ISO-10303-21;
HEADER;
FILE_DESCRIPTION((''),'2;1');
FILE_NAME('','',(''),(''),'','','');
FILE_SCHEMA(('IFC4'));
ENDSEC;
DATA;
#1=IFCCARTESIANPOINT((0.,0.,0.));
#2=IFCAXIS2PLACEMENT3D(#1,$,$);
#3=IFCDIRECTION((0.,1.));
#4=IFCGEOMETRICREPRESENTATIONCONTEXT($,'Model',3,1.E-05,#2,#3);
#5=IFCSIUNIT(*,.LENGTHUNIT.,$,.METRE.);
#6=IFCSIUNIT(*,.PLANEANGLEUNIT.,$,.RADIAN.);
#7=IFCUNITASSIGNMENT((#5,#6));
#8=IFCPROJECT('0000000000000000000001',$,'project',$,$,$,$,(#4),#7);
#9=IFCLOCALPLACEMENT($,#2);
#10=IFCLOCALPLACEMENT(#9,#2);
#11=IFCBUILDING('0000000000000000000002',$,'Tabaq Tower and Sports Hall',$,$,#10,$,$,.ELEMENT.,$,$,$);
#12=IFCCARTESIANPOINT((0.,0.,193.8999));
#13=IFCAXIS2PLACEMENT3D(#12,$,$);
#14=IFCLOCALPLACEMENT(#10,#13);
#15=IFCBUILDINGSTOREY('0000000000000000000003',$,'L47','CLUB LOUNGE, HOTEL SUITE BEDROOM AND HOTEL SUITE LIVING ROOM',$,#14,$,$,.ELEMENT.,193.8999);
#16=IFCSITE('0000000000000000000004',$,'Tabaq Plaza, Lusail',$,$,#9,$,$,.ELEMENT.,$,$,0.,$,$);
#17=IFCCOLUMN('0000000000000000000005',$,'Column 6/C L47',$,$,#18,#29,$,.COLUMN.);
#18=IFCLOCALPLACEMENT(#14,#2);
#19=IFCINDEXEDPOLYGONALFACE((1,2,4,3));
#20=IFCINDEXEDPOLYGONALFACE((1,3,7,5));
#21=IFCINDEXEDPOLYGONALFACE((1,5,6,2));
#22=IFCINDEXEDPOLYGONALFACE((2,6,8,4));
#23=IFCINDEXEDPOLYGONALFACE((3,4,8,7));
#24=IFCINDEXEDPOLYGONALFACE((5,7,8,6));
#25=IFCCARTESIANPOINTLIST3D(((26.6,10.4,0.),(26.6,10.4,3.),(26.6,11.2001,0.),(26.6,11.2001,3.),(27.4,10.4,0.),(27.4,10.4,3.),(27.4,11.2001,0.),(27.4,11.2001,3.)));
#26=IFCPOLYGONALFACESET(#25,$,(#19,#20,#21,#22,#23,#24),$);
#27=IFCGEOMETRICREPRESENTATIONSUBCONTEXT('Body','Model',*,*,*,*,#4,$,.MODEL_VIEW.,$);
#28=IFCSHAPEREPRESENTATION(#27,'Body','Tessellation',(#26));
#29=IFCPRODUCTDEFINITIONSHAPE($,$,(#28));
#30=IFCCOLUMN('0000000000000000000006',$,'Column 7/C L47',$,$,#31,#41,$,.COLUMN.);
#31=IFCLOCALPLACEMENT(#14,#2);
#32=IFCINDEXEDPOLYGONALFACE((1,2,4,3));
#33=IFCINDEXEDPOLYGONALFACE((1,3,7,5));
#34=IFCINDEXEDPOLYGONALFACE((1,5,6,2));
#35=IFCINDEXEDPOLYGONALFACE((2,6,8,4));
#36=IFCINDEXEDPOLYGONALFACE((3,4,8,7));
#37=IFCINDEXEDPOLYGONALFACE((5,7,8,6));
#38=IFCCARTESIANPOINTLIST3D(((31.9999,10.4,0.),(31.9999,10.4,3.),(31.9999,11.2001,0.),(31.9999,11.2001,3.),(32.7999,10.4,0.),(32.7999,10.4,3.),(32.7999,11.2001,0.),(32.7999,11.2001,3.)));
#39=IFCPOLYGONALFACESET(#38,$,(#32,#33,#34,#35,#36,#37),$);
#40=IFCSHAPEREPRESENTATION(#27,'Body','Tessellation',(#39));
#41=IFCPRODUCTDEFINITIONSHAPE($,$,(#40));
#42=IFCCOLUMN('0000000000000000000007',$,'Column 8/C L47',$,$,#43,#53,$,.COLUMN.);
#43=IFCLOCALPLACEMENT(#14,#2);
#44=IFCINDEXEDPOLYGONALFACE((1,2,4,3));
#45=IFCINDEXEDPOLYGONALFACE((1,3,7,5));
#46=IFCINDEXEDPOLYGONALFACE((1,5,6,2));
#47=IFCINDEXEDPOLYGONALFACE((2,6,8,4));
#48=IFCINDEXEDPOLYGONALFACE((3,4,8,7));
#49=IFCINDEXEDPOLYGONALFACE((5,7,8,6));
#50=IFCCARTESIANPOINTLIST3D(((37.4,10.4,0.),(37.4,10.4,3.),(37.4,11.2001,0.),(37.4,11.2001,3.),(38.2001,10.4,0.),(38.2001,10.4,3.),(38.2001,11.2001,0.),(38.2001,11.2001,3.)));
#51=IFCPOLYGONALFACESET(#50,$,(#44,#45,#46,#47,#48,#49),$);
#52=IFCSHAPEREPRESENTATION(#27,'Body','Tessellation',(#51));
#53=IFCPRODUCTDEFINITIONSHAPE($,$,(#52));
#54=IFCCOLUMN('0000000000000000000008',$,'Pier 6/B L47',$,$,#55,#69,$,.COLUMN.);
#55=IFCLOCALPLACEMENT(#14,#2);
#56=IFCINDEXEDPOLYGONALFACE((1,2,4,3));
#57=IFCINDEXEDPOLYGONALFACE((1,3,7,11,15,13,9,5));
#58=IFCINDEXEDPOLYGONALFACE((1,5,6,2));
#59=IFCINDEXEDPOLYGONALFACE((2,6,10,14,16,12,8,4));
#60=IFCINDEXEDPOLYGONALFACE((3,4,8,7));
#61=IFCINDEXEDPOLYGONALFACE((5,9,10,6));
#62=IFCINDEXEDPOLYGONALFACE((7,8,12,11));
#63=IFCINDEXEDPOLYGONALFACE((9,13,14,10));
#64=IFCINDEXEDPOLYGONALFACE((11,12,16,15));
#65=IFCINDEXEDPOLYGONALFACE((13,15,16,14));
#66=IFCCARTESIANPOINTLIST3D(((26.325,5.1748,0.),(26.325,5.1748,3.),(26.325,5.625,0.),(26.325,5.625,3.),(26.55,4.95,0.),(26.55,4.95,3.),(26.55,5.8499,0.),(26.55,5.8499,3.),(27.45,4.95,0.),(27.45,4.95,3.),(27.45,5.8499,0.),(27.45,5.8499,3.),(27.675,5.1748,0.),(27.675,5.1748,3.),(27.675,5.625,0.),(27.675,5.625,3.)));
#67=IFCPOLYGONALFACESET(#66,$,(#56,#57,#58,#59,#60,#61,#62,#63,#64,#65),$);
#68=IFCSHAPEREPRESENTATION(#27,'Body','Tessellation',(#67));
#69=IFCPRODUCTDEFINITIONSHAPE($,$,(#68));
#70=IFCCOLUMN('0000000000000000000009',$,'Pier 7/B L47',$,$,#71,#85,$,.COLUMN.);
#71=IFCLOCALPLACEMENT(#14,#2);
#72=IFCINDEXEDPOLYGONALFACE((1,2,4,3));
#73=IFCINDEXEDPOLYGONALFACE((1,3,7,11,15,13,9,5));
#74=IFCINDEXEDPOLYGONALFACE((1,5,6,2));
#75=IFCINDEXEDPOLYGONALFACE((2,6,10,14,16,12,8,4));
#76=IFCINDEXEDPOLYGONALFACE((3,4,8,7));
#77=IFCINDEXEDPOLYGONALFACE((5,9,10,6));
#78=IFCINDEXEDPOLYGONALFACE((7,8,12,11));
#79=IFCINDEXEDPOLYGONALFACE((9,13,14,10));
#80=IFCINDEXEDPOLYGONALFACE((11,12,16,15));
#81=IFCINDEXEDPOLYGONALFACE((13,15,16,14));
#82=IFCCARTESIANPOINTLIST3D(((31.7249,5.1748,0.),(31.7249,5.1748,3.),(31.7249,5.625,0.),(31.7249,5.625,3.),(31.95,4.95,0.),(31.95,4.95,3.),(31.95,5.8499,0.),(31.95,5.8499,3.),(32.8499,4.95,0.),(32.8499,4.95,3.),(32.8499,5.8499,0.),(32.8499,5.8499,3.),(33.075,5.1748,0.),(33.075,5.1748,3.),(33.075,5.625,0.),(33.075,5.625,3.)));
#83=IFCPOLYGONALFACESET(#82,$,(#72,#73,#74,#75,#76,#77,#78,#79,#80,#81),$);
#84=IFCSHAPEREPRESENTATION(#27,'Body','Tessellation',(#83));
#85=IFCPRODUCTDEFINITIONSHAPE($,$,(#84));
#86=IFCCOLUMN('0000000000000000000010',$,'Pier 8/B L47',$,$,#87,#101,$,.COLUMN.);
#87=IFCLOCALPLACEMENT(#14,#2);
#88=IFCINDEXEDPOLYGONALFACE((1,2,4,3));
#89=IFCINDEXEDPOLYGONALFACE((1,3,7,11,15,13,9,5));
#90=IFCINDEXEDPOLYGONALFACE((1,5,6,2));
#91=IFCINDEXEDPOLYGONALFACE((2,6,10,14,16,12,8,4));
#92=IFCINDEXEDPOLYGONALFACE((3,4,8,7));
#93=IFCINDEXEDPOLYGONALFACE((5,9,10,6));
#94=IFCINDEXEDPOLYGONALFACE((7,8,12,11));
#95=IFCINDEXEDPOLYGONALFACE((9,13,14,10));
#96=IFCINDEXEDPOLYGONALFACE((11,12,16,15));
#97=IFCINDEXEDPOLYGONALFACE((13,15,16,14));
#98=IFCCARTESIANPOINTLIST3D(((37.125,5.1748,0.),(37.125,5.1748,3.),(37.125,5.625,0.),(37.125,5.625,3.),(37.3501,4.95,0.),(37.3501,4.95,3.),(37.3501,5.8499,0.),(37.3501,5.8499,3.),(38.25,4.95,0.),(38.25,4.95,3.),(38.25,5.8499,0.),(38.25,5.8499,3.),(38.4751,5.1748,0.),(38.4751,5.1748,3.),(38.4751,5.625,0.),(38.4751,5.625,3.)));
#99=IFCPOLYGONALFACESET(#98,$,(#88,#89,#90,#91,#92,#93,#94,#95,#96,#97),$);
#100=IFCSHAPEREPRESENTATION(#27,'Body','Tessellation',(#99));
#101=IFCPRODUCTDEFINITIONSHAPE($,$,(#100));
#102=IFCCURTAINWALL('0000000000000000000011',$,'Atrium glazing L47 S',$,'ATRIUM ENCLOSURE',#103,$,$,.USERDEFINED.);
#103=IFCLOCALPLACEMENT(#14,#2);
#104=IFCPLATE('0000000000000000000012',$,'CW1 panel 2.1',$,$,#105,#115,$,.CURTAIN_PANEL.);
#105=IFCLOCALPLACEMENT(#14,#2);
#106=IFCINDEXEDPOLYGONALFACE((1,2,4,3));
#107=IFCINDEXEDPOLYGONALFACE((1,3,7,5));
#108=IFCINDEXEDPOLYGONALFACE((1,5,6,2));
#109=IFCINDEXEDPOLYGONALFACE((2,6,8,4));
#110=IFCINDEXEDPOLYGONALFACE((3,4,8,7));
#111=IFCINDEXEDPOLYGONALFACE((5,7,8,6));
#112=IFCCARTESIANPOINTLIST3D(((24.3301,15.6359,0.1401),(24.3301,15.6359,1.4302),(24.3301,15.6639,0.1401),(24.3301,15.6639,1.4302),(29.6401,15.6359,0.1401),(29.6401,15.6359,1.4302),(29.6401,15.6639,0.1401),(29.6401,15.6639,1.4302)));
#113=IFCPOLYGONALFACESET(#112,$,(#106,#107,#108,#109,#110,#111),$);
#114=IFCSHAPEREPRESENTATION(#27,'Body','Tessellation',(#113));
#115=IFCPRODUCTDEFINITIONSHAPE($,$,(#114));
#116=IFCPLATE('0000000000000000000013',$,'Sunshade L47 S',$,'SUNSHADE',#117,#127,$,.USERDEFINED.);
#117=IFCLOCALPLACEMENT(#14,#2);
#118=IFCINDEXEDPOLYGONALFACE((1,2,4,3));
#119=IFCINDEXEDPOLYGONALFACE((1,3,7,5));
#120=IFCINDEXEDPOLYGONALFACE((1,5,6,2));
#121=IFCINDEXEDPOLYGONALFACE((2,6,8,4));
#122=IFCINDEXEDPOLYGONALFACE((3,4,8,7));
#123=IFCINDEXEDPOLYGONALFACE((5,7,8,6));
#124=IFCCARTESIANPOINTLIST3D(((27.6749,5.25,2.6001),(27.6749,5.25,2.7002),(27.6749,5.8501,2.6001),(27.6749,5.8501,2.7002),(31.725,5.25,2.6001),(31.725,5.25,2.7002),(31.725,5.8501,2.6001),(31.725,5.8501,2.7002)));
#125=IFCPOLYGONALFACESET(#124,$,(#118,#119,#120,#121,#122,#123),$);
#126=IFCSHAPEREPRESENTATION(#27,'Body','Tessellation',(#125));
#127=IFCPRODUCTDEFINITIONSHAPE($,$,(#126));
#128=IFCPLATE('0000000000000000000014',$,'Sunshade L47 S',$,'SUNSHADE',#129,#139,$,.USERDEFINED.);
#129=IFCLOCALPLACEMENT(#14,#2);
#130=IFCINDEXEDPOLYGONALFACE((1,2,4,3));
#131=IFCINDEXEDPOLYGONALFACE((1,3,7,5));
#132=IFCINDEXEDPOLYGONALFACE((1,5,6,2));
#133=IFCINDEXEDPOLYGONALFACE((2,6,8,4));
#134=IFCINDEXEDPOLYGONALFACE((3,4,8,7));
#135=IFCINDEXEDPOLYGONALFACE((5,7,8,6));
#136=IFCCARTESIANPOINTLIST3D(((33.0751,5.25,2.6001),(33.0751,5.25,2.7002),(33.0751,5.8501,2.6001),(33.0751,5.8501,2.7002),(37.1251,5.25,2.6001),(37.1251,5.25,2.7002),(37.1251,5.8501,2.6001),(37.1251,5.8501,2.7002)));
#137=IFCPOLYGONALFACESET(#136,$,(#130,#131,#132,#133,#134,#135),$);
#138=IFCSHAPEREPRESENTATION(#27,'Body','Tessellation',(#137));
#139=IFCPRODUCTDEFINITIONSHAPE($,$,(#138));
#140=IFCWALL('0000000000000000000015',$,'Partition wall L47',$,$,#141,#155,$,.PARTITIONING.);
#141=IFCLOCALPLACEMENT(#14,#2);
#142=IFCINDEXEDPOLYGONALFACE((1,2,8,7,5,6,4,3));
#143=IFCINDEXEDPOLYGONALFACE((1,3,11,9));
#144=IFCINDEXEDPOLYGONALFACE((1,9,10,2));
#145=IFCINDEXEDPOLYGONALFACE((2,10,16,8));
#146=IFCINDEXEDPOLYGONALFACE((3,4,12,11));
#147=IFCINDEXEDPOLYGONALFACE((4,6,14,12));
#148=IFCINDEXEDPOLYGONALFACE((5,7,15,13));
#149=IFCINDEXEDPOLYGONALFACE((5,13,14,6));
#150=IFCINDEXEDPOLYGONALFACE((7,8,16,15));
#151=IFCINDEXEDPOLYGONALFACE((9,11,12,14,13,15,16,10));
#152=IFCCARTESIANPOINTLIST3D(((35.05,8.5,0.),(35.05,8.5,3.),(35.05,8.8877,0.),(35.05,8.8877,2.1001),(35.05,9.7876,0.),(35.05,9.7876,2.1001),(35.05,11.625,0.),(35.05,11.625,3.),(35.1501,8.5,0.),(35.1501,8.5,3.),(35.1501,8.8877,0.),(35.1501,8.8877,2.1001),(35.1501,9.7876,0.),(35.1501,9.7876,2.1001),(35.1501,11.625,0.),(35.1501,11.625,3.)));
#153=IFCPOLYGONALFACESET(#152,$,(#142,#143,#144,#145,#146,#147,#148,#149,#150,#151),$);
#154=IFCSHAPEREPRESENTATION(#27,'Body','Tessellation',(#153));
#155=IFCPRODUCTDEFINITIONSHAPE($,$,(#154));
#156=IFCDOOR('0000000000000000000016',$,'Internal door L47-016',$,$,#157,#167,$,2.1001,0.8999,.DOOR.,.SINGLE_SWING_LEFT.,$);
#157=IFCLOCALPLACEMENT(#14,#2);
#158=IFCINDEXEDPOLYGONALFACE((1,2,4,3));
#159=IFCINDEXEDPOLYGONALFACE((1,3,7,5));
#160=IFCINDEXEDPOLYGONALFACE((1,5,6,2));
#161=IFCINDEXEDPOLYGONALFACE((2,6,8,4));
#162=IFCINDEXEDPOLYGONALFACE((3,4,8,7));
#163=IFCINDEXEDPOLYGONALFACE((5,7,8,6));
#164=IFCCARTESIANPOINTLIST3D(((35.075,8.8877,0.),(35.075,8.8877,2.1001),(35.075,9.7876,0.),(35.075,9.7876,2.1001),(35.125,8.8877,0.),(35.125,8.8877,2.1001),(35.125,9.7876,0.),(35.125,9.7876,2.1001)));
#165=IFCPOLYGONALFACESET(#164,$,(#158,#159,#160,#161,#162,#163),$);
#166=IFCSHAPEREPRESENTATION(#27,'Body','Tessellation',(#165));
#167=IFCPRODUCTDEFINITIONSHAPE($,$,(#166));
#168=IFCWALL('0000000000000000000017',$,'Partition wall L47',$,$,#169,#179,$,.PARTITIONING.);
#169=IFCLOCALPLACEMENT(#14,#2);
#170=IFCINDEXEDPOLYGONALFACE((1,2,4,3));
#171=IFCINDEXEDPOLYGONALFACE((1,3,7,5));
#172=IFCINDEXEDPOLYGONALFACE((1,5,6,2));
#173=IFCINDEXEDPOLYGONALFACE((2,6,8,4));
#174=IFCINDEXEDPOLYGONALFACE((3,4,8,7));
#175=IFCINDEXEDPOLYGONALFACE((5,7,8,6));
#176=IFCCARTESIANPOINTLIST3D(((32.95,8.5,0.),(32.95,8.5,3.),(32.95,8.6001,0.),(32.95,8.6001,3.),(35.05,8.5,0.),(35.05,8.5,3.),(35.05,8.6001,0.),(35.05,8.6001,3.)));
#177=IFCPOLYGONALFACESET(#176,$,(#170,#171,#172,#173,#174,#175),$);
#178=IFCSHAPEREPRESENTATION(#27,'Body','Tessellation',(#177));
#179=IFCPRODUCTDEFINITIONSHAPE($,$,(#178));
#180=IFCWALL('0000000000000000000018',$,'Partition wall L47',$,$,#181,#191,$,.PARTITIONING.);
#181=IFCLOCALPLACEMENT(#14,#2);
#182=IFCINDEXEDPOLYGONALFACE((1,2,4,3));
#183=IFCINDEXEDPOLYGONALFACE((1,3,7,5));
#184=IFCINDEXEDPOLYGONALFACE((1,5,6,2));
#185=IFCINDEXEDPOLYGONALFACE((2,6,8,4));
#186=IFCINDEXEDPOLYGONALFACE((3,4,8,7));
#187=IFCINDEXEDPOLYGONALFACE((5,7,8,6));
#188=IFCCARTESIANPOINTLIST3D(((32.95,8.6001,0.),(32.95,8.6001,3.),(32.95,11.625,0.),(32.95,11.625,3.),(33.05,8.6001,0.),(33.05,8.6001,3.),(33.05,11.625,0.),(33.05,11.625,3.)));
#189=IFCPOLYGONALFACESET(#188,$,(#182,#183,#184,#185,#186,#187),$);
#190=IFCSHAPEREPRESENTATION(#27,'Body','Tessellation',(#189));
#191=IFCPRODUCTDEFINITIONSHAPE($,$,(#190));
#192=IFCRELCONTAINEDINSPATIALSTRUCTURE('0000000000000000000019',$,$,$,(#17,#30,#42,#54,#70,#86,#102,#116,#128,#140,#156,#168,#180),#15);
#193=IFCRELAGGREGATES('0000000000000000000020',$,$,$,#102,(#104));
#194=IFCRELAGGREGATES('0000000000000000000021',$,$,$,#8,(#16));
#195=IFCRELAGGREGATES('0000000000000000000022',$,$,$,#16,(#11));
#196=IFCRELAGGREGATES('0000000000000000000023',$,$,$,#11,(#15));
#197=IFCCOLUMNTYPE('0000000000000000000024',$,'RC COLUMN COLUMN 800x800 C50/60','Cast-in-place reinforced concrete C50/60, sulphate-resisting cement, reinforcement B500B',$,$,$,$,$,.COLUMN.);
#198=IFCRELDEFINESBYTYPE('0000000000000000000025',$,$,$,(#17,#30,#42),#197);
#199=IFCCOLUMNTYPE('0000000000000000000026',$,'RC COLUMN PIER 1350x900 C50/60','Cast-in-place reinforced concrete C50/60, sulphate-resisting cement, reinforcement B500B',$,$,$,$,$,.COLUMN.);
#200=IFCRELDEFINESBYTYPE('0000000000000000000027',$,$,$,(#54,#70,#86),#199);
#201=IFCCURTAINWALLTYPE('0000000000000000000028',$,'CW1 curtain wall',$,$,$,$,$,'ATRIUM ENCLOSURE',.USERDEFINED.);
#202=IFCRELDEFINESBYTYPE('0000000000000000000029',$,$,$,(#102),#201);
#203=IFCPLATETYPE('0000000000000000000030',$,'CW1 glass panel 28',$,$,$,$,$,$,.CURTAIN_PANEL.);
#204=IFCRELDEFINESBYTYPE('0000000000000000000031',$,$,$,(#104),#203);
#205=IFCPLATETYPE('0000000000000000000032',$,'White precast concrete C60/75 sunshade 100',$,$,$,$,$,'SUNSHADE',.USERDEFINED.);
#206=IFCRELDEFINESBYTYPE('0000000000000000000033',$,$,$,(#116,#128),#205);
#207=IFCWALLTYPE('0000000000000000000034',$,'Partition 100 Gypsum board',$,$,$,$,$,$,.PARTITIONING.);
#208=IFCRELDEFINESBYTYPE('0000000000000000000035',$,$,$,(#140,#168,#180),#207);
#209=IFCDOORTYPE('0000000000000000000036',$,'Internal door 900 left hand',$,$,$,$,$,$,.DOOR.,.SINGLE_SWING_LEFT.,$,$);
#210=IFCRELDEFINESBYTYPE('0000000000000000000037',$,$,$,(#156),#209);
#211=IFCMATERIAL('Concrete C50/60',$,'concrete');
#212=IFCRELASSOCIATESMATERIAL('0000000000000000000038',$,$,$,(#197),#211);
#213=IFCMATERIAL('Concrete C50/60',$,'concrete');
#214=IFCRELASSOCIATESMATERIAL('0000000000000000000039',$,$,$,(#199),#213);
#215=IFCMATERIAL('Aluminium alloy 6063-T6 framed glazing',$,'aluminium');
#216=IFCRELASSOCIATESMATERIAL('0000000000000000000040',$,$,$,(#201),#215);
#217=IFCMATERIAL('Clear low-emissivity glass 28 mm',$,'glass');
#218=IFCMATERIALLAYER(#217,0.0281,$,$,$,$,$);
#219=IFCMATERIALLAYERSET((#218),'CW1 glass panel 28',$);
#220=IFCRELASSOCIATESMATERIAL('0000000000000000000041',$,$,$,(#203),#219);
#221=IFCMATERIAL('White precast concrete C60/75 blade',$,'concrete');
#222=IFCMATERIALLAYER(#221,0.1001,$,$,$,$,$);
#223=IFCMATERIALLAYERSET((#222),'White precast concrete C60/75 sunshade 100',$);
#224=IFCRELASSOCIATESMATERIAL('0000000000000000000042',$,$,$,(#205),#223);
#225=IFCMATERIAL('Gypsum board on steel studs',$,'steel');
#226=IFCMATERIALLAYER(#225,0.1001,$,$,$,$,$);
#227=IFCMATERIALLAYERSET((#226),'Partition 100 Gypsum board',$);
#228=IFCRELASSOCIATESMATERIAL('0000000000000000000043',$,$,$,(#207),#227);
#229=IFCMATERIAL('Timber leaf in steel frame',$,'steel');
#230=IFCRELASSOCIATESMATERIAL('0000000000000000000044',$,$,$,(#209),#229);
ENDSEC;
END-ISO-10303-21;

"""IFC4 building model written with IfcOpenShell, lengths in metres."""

from ifc_helpers import new_model, si_unit, direction, frame, frame_2d, origin, origin_2d, place, context, subcontext, project, spatial, polyline, rectangle, outline, extrude, material, layer, layer_set, material_profile, profile_set, type_object, element, fill, aggregate, save


model = new_model("IFC4")

# Units and contexts
model_context = context("Model", 3, precision=1e-05, world=origin(), true_north=direction((0.0, 1.0)))
body_context = subcontext(model_context, "Body", "Model", "MODEL_VIEW")
ifc_project = project(units=[si_unit("LENGTHUNIT", "METRE"), si_unit("PLANEANGLEUNIT", "RADIAN")], contexts=[model_context])

# Site, building, storey
site_placement = place(None, origin())
site = spatial("IfcSite", under=ifc_project, at=site_placement, Name="Tabaq Plaza, Lusail", CompositionType="ELEMENT", RefElevation=0.0)
building_placement = place(site_placement, origin())
building = spatial("IfcBuilding", under=site, at=building_placement, Name="Tabaq Tower and Sports Hall", CompositionType="ELEMENT")
storey_placement = place(building_placement, frame((0.0, 0.0, 193.8999)))
storey = spatial("IfcBuildingStorey", under=building, at=storey_placement, Name="L47", Description="CLUB LOUNGE, HOTEL SUITE BEDROOM AND HOTEL SUITE LIVING ROOM", CompositionType="ELEMENT", Elevation=193.8999)

# Columns
ifc_material_1 = material(Name="Concrete C50/60", Category="concrete")
ifc_material_profile_1 = material_profile(ifc_material_1, rectangle(XDim=0.8, YDim=0.8, at=origin_2d()), Name="COLUMN 800x800")
ifc_profile_set_1 = profile_set([ifc_material_profile_1], Name="Concrete C50/60")
column_type_1 = type_object("IfcColumnType", Name="RC COLUMN COLUMN 800x800 C50/60", Description="Cast-in-place reinforced concrete C50/60, sulphate-resisting cement, reinforcement B500B", PredefinedType="COLUMN", material=ifc_profile_set_1)
for number, where, z_axis, x_axis, name in (
    (1, (27.0, 10.8, 0.0), (0.0, 0.0, 1.0), (1.0, 0.0, 0.0), "Column 6/C L47"),
    (2, (32.3999, 10.8, 0.0), (0.0, 0.0, 1.0), (1.0, 0.0, 0.0), "Column 7/C L47"),
    (3, (37.8, 10.8, 0.0), (0.0, 0.0, 1.0), (1.0, 0.0, 0.0), "Column 8/C L47"),
):
    element("IfcColumn", number, at=place(storey_placement, frame(where, z_axis=z_axis, x_axis=x_axis)), inside=storey, type_object=column_type_1, Name=name, PredefinedType="COLUMN", context=body_context, shape_type="SweptSolid", body=[
        extrude(rectangle(XDim=0.8, YDim=0.8, at=origin_2d()), origin(), (0.0, 0.0, 1.0), 3.0),
    ])
ifc_material_2 = material(Name="Concrete C50/60", Category="concrete")
ifc_material_profile_2 = material_profile(ifc_material_2, outline(polyline([(-0.45, -0.45), (0.45, -0.45), (0.675, -0.2251), (0.675, 0.2251), (0.45, 0.45), (-0.45, 0.45), (-0.675, 0.2251), (-0.675, -0.2251), (-0.45, -0.45)])), Name="PIER 1350x900")
ifc_profile_set_2 = profile_set([ifc_material_profile_2], Name="Concrete C50/60")
column_type_2 = type_object("IfcColumnType", Name="RC COLUMN PIER 1350x900 C50/60", Description="Cast-in-place reinforced concrete C50/60, sulphate-resisting cement, reinforcement B500B", PredefinedType="COLUMN", material=ifc_profile_set_2)
for number, where, z_axis, x_axis, name in (
    (4, (27.0, 5.3999, 0.0), (0.0, 0.0, 1.0), (1.0, 0.0, 0.0), "Pier 6/B L47"),
    (5, (32.3999, 5.3999, 0.0), (0.0, 0.0, 1.0), (1.0, 0.0, 0.0), "Pier 7/B L47"),
    (6, (37.8, 5.3999, 0.0), (0.0, 0.0, 1.0), (1.0, 0.0, 0.0), "Pier 8/B L47"),
):
    element("IfcColumn", number, at=place(storey_placement, frame(where, z_axis=z_axis, x_axis=x_axis)), inside=storey, type_object=column_type_2, Name=name, PredefinedType="COLUMN", context=body_context, shape_type="SweptSolid", body=[
        extrude(outline(polyline([(-0.45, -0.45), (0.45, -0.45), (0.675, -0.2251), (0.675, 0.2251), (0.45, 0.45), (-0.45, 0.45), (-0.675, 0.2251), (-0.675, -0.2251), (-0.45, -0.45)])), origin(), (0.0, 0.0, 1.0), 3.0),
    ])

# Curtain wall, plate
ifc_material_3 = material(Name="Aluminium alloy 6063-T6 framed glazing", Category="aluminium")
curtain_wall_type = type_object("IfcCurtainWallType", Name="CW1 curtain wall", ElementType="ATRIUM ENCLOSURE", PredefinedType="USERDEFINED", material=ifc_material_3)
curtain_wall_placement = place(storey_placement, origin())
curtain_wall = element("IfcCurtainWall", 7, at=curtain_wall_placement, inside=storey, type_object=curtain_wall_type, Name="Atrium glazing L47 S", ObjectType="ATRIUM ENCLOSURE", PredefinedType="USERDEFINED")
ifc_material_4 = material(Name="Clear low-emissivity glass 28 mm", Category="glass")
ifc_layer_1 = layer(ifc_material_4, 0.0281)
ifc_layer_set_1 = layer_set([ifc_layer_1], Name="CW1 glass panel 28")
plate_type_1 = type_object("IfcPlateType", Name="CW1 glass panel 28", PredefinedType="CURTAIN_PANEL", material=ifc_layer_set_1)
plate_placement = place(storey_placement, frame((26.9851, 15.6499, 0.1401), z_axis=(0.0, 0.0, 1.0), x_axis=(1.0, 0.0, 0.0)))
plate = element("IfcPlate", 8, at=plate_placement, type_object=plate_type_1, Name="CW1 panel 2.1", PredefinedType="CURTAIN_PANEL", context=body_context, shape_type="SweptSolid", body=[
    extrude(rectangle(XDim=5.3101, YDim=0.0281, at=origin_2d()), origin(), (0.0, 0.0, 1.0), 1.29),
])
aggregate(curtain_wall, [plate])

# Plates
ifc_material_5 = material(Name="White precast concrete C60/75 blade", Category="concrete")
ifc_layer_2 = layer(ifc_material_5, 0.1001)
ifc_layer_set_2 = layer_set([ifc_layer_2], Name="White precast concrete C60/75 sunshade 100")
plate_type_2 = type_object("IfcPlateType", Name="White precast concrete C60/75 sunshade 100", ElementType="SUNSHADE", PredefinedType="USERDEFINED", material=ifc_layer_set_2)
for number, where, z_axis, x_axis, name in (
    (9, (29.7, 5.55, 2.6001), (0.0, 0.0, 1.0), (1.0, 0.0, 0.0), "Sunshade L47 S"),
    (10, (35.1001, 5.55, 2.6001), (0.0, 0.0, 1.0), (1.0, 0.0, 0.0), "Sunshade L47 S"),
):
    element("IfcPlate", number, at=place(storey_placement, frame(where, z_axis=z_axis, x_axis=x_axis)), inside=storey, type_object=plate_type_2, Name=name, ObjectType="SUNSHADE", PredefinedType="USERDEFINED", context=body_context, shape_type="SweptSolid", body=[
        extrude(rectangle(XDim=4.05, YDim=0.6001, at=origin_2d()), origin(), (0.0, 0.0, 1.0), 0.1001),
    ])

# Wall, opening, door
ifc_material_6 = material(Name="Gypsum board on steel studs", Category="steel")
ifc_layer_3 = layer(ifc_material_6, 0.1001)
ifc_layer_set_3 = layer_set([ifc_layer_3], Name="Partition 100 Gypsum board")
wall_type_1 = type_object("IfcWallType", Name="Partition 100 Gypsum board", PredefinedType="PARTITIONING", material=ifc_layer_set_3)
wall_1_placement = place(storey_placement, frame((35.1001, 11.625, 0.0), z_axis=(0.0, 0.0, 1.0), x_axis=(0.0, -1.0, 0.0)))
wall_1 = element("IfcWall", 11, at=wall_1_placement, inside=storey, type_object=wall_type_1, Name="Partition wall L47", PredefinedType="PARTITIONING", context=body_context, shape_type="SweptSolid", body=[
    extrude(rectangle(XDim=3.125, YDim=0.1001, at=frame_2d((1.5625, 0.0))), origin(), (0.0, 0.0, 1.0), 3.0),
])
opening_placement = place(wall_1_placement, frame((1.8374, 0.0, 0.0)))
opening = element("IfcOpeningElement", 12, at=opening_placement, cuts=wall_1, PredefinedType="OPENING", context=body_context, shape_type="SweptSolid", body=[
    extrude(rectangle(XDim=0.8999, YDim=2.1001, at=frame_2d((0.45, 1.05))), frame((0.0, 0.05, 0.0), z_axis=(0.0, -1.0, 0.0), x_axis=(1.0, 0.0, 0.0)), (0.0, 0.0, 1.0), 0.1001),
])
ifc_material_7 = material(Name="Timber leaf in steel frame", Category="steel")
door_type = type_object("IfcDoorType", Name="Internal door 900 left hand", OperationType="SINGLE_SWING_LEFT", PredefinedType="DOOR", material=ifc_material_7)
door_placement = place(opening_placement, origin())
door = element("IfcDoor", 13, at=door_placement, inside=storey, type_object=door_type, Name="Internal door L47-016", OperationType="SINGLE_SWING_LEFT", OverallHeight=2.1001, OverallWidth=0.8999, PredefinedType="DOOR", context=body_context, shape_type="SweptSolid", body=[
    extrude(rectangle(XDim=0.8999, YDim=2.1001, at=frame_2d((0.45, 1.05))), frame((0.0, 0.0249, 0.0), z_axis=(0.0, -1.0, 0.0), x_axis=(1.0, 0.0, 0.0)), (0.0, 0.0, 1.0), 0.05),
])
fill(opening, door)

# Walls
wall_2_placement = place(storey_placement, frame((35.05, 8.55, 0.0), z_axis=(0.0, 0.0, 1.0), x_axis=(-1.0, 0.0, 0.0)))
element("IfcWall", 14, at=wall_2_placement, inside=storey, type_object=wall_type_1, Name="Partition wall L47", PredefinedType="PARTITIONING", context=body_context, shape_type="SweptSolid", body=[
    extrude(rectangle(XDim=2.1001, YDim=0.1001, at=frame_2d((1.05, 0.0))), origin(), (0.0, 0.0, 1.0), 3.0),
])
wall_3_placement = place(storey_placement, frame((33.0, 8.6001, 0.0), z_axis=(0.0, 0.0, 1.0), x_axis=(0.0, 1.0, 0.0)))
element("IfcWall", 15, at=wall_3_placement, inside=storey, type_object=wall_type_1, Name="Partition wall L47", PredefinedType="PARTITIONING", context=body_context, shape_type="SweptSolid", body=[
    extrude(rectangle(XDim=3.0249, YDim=0.1001, at=frame_2d((1.5125, 0.0))), origin(), (0.0, 0.0, 1.0), 3.0),
])

save(model, "model.ifc")
